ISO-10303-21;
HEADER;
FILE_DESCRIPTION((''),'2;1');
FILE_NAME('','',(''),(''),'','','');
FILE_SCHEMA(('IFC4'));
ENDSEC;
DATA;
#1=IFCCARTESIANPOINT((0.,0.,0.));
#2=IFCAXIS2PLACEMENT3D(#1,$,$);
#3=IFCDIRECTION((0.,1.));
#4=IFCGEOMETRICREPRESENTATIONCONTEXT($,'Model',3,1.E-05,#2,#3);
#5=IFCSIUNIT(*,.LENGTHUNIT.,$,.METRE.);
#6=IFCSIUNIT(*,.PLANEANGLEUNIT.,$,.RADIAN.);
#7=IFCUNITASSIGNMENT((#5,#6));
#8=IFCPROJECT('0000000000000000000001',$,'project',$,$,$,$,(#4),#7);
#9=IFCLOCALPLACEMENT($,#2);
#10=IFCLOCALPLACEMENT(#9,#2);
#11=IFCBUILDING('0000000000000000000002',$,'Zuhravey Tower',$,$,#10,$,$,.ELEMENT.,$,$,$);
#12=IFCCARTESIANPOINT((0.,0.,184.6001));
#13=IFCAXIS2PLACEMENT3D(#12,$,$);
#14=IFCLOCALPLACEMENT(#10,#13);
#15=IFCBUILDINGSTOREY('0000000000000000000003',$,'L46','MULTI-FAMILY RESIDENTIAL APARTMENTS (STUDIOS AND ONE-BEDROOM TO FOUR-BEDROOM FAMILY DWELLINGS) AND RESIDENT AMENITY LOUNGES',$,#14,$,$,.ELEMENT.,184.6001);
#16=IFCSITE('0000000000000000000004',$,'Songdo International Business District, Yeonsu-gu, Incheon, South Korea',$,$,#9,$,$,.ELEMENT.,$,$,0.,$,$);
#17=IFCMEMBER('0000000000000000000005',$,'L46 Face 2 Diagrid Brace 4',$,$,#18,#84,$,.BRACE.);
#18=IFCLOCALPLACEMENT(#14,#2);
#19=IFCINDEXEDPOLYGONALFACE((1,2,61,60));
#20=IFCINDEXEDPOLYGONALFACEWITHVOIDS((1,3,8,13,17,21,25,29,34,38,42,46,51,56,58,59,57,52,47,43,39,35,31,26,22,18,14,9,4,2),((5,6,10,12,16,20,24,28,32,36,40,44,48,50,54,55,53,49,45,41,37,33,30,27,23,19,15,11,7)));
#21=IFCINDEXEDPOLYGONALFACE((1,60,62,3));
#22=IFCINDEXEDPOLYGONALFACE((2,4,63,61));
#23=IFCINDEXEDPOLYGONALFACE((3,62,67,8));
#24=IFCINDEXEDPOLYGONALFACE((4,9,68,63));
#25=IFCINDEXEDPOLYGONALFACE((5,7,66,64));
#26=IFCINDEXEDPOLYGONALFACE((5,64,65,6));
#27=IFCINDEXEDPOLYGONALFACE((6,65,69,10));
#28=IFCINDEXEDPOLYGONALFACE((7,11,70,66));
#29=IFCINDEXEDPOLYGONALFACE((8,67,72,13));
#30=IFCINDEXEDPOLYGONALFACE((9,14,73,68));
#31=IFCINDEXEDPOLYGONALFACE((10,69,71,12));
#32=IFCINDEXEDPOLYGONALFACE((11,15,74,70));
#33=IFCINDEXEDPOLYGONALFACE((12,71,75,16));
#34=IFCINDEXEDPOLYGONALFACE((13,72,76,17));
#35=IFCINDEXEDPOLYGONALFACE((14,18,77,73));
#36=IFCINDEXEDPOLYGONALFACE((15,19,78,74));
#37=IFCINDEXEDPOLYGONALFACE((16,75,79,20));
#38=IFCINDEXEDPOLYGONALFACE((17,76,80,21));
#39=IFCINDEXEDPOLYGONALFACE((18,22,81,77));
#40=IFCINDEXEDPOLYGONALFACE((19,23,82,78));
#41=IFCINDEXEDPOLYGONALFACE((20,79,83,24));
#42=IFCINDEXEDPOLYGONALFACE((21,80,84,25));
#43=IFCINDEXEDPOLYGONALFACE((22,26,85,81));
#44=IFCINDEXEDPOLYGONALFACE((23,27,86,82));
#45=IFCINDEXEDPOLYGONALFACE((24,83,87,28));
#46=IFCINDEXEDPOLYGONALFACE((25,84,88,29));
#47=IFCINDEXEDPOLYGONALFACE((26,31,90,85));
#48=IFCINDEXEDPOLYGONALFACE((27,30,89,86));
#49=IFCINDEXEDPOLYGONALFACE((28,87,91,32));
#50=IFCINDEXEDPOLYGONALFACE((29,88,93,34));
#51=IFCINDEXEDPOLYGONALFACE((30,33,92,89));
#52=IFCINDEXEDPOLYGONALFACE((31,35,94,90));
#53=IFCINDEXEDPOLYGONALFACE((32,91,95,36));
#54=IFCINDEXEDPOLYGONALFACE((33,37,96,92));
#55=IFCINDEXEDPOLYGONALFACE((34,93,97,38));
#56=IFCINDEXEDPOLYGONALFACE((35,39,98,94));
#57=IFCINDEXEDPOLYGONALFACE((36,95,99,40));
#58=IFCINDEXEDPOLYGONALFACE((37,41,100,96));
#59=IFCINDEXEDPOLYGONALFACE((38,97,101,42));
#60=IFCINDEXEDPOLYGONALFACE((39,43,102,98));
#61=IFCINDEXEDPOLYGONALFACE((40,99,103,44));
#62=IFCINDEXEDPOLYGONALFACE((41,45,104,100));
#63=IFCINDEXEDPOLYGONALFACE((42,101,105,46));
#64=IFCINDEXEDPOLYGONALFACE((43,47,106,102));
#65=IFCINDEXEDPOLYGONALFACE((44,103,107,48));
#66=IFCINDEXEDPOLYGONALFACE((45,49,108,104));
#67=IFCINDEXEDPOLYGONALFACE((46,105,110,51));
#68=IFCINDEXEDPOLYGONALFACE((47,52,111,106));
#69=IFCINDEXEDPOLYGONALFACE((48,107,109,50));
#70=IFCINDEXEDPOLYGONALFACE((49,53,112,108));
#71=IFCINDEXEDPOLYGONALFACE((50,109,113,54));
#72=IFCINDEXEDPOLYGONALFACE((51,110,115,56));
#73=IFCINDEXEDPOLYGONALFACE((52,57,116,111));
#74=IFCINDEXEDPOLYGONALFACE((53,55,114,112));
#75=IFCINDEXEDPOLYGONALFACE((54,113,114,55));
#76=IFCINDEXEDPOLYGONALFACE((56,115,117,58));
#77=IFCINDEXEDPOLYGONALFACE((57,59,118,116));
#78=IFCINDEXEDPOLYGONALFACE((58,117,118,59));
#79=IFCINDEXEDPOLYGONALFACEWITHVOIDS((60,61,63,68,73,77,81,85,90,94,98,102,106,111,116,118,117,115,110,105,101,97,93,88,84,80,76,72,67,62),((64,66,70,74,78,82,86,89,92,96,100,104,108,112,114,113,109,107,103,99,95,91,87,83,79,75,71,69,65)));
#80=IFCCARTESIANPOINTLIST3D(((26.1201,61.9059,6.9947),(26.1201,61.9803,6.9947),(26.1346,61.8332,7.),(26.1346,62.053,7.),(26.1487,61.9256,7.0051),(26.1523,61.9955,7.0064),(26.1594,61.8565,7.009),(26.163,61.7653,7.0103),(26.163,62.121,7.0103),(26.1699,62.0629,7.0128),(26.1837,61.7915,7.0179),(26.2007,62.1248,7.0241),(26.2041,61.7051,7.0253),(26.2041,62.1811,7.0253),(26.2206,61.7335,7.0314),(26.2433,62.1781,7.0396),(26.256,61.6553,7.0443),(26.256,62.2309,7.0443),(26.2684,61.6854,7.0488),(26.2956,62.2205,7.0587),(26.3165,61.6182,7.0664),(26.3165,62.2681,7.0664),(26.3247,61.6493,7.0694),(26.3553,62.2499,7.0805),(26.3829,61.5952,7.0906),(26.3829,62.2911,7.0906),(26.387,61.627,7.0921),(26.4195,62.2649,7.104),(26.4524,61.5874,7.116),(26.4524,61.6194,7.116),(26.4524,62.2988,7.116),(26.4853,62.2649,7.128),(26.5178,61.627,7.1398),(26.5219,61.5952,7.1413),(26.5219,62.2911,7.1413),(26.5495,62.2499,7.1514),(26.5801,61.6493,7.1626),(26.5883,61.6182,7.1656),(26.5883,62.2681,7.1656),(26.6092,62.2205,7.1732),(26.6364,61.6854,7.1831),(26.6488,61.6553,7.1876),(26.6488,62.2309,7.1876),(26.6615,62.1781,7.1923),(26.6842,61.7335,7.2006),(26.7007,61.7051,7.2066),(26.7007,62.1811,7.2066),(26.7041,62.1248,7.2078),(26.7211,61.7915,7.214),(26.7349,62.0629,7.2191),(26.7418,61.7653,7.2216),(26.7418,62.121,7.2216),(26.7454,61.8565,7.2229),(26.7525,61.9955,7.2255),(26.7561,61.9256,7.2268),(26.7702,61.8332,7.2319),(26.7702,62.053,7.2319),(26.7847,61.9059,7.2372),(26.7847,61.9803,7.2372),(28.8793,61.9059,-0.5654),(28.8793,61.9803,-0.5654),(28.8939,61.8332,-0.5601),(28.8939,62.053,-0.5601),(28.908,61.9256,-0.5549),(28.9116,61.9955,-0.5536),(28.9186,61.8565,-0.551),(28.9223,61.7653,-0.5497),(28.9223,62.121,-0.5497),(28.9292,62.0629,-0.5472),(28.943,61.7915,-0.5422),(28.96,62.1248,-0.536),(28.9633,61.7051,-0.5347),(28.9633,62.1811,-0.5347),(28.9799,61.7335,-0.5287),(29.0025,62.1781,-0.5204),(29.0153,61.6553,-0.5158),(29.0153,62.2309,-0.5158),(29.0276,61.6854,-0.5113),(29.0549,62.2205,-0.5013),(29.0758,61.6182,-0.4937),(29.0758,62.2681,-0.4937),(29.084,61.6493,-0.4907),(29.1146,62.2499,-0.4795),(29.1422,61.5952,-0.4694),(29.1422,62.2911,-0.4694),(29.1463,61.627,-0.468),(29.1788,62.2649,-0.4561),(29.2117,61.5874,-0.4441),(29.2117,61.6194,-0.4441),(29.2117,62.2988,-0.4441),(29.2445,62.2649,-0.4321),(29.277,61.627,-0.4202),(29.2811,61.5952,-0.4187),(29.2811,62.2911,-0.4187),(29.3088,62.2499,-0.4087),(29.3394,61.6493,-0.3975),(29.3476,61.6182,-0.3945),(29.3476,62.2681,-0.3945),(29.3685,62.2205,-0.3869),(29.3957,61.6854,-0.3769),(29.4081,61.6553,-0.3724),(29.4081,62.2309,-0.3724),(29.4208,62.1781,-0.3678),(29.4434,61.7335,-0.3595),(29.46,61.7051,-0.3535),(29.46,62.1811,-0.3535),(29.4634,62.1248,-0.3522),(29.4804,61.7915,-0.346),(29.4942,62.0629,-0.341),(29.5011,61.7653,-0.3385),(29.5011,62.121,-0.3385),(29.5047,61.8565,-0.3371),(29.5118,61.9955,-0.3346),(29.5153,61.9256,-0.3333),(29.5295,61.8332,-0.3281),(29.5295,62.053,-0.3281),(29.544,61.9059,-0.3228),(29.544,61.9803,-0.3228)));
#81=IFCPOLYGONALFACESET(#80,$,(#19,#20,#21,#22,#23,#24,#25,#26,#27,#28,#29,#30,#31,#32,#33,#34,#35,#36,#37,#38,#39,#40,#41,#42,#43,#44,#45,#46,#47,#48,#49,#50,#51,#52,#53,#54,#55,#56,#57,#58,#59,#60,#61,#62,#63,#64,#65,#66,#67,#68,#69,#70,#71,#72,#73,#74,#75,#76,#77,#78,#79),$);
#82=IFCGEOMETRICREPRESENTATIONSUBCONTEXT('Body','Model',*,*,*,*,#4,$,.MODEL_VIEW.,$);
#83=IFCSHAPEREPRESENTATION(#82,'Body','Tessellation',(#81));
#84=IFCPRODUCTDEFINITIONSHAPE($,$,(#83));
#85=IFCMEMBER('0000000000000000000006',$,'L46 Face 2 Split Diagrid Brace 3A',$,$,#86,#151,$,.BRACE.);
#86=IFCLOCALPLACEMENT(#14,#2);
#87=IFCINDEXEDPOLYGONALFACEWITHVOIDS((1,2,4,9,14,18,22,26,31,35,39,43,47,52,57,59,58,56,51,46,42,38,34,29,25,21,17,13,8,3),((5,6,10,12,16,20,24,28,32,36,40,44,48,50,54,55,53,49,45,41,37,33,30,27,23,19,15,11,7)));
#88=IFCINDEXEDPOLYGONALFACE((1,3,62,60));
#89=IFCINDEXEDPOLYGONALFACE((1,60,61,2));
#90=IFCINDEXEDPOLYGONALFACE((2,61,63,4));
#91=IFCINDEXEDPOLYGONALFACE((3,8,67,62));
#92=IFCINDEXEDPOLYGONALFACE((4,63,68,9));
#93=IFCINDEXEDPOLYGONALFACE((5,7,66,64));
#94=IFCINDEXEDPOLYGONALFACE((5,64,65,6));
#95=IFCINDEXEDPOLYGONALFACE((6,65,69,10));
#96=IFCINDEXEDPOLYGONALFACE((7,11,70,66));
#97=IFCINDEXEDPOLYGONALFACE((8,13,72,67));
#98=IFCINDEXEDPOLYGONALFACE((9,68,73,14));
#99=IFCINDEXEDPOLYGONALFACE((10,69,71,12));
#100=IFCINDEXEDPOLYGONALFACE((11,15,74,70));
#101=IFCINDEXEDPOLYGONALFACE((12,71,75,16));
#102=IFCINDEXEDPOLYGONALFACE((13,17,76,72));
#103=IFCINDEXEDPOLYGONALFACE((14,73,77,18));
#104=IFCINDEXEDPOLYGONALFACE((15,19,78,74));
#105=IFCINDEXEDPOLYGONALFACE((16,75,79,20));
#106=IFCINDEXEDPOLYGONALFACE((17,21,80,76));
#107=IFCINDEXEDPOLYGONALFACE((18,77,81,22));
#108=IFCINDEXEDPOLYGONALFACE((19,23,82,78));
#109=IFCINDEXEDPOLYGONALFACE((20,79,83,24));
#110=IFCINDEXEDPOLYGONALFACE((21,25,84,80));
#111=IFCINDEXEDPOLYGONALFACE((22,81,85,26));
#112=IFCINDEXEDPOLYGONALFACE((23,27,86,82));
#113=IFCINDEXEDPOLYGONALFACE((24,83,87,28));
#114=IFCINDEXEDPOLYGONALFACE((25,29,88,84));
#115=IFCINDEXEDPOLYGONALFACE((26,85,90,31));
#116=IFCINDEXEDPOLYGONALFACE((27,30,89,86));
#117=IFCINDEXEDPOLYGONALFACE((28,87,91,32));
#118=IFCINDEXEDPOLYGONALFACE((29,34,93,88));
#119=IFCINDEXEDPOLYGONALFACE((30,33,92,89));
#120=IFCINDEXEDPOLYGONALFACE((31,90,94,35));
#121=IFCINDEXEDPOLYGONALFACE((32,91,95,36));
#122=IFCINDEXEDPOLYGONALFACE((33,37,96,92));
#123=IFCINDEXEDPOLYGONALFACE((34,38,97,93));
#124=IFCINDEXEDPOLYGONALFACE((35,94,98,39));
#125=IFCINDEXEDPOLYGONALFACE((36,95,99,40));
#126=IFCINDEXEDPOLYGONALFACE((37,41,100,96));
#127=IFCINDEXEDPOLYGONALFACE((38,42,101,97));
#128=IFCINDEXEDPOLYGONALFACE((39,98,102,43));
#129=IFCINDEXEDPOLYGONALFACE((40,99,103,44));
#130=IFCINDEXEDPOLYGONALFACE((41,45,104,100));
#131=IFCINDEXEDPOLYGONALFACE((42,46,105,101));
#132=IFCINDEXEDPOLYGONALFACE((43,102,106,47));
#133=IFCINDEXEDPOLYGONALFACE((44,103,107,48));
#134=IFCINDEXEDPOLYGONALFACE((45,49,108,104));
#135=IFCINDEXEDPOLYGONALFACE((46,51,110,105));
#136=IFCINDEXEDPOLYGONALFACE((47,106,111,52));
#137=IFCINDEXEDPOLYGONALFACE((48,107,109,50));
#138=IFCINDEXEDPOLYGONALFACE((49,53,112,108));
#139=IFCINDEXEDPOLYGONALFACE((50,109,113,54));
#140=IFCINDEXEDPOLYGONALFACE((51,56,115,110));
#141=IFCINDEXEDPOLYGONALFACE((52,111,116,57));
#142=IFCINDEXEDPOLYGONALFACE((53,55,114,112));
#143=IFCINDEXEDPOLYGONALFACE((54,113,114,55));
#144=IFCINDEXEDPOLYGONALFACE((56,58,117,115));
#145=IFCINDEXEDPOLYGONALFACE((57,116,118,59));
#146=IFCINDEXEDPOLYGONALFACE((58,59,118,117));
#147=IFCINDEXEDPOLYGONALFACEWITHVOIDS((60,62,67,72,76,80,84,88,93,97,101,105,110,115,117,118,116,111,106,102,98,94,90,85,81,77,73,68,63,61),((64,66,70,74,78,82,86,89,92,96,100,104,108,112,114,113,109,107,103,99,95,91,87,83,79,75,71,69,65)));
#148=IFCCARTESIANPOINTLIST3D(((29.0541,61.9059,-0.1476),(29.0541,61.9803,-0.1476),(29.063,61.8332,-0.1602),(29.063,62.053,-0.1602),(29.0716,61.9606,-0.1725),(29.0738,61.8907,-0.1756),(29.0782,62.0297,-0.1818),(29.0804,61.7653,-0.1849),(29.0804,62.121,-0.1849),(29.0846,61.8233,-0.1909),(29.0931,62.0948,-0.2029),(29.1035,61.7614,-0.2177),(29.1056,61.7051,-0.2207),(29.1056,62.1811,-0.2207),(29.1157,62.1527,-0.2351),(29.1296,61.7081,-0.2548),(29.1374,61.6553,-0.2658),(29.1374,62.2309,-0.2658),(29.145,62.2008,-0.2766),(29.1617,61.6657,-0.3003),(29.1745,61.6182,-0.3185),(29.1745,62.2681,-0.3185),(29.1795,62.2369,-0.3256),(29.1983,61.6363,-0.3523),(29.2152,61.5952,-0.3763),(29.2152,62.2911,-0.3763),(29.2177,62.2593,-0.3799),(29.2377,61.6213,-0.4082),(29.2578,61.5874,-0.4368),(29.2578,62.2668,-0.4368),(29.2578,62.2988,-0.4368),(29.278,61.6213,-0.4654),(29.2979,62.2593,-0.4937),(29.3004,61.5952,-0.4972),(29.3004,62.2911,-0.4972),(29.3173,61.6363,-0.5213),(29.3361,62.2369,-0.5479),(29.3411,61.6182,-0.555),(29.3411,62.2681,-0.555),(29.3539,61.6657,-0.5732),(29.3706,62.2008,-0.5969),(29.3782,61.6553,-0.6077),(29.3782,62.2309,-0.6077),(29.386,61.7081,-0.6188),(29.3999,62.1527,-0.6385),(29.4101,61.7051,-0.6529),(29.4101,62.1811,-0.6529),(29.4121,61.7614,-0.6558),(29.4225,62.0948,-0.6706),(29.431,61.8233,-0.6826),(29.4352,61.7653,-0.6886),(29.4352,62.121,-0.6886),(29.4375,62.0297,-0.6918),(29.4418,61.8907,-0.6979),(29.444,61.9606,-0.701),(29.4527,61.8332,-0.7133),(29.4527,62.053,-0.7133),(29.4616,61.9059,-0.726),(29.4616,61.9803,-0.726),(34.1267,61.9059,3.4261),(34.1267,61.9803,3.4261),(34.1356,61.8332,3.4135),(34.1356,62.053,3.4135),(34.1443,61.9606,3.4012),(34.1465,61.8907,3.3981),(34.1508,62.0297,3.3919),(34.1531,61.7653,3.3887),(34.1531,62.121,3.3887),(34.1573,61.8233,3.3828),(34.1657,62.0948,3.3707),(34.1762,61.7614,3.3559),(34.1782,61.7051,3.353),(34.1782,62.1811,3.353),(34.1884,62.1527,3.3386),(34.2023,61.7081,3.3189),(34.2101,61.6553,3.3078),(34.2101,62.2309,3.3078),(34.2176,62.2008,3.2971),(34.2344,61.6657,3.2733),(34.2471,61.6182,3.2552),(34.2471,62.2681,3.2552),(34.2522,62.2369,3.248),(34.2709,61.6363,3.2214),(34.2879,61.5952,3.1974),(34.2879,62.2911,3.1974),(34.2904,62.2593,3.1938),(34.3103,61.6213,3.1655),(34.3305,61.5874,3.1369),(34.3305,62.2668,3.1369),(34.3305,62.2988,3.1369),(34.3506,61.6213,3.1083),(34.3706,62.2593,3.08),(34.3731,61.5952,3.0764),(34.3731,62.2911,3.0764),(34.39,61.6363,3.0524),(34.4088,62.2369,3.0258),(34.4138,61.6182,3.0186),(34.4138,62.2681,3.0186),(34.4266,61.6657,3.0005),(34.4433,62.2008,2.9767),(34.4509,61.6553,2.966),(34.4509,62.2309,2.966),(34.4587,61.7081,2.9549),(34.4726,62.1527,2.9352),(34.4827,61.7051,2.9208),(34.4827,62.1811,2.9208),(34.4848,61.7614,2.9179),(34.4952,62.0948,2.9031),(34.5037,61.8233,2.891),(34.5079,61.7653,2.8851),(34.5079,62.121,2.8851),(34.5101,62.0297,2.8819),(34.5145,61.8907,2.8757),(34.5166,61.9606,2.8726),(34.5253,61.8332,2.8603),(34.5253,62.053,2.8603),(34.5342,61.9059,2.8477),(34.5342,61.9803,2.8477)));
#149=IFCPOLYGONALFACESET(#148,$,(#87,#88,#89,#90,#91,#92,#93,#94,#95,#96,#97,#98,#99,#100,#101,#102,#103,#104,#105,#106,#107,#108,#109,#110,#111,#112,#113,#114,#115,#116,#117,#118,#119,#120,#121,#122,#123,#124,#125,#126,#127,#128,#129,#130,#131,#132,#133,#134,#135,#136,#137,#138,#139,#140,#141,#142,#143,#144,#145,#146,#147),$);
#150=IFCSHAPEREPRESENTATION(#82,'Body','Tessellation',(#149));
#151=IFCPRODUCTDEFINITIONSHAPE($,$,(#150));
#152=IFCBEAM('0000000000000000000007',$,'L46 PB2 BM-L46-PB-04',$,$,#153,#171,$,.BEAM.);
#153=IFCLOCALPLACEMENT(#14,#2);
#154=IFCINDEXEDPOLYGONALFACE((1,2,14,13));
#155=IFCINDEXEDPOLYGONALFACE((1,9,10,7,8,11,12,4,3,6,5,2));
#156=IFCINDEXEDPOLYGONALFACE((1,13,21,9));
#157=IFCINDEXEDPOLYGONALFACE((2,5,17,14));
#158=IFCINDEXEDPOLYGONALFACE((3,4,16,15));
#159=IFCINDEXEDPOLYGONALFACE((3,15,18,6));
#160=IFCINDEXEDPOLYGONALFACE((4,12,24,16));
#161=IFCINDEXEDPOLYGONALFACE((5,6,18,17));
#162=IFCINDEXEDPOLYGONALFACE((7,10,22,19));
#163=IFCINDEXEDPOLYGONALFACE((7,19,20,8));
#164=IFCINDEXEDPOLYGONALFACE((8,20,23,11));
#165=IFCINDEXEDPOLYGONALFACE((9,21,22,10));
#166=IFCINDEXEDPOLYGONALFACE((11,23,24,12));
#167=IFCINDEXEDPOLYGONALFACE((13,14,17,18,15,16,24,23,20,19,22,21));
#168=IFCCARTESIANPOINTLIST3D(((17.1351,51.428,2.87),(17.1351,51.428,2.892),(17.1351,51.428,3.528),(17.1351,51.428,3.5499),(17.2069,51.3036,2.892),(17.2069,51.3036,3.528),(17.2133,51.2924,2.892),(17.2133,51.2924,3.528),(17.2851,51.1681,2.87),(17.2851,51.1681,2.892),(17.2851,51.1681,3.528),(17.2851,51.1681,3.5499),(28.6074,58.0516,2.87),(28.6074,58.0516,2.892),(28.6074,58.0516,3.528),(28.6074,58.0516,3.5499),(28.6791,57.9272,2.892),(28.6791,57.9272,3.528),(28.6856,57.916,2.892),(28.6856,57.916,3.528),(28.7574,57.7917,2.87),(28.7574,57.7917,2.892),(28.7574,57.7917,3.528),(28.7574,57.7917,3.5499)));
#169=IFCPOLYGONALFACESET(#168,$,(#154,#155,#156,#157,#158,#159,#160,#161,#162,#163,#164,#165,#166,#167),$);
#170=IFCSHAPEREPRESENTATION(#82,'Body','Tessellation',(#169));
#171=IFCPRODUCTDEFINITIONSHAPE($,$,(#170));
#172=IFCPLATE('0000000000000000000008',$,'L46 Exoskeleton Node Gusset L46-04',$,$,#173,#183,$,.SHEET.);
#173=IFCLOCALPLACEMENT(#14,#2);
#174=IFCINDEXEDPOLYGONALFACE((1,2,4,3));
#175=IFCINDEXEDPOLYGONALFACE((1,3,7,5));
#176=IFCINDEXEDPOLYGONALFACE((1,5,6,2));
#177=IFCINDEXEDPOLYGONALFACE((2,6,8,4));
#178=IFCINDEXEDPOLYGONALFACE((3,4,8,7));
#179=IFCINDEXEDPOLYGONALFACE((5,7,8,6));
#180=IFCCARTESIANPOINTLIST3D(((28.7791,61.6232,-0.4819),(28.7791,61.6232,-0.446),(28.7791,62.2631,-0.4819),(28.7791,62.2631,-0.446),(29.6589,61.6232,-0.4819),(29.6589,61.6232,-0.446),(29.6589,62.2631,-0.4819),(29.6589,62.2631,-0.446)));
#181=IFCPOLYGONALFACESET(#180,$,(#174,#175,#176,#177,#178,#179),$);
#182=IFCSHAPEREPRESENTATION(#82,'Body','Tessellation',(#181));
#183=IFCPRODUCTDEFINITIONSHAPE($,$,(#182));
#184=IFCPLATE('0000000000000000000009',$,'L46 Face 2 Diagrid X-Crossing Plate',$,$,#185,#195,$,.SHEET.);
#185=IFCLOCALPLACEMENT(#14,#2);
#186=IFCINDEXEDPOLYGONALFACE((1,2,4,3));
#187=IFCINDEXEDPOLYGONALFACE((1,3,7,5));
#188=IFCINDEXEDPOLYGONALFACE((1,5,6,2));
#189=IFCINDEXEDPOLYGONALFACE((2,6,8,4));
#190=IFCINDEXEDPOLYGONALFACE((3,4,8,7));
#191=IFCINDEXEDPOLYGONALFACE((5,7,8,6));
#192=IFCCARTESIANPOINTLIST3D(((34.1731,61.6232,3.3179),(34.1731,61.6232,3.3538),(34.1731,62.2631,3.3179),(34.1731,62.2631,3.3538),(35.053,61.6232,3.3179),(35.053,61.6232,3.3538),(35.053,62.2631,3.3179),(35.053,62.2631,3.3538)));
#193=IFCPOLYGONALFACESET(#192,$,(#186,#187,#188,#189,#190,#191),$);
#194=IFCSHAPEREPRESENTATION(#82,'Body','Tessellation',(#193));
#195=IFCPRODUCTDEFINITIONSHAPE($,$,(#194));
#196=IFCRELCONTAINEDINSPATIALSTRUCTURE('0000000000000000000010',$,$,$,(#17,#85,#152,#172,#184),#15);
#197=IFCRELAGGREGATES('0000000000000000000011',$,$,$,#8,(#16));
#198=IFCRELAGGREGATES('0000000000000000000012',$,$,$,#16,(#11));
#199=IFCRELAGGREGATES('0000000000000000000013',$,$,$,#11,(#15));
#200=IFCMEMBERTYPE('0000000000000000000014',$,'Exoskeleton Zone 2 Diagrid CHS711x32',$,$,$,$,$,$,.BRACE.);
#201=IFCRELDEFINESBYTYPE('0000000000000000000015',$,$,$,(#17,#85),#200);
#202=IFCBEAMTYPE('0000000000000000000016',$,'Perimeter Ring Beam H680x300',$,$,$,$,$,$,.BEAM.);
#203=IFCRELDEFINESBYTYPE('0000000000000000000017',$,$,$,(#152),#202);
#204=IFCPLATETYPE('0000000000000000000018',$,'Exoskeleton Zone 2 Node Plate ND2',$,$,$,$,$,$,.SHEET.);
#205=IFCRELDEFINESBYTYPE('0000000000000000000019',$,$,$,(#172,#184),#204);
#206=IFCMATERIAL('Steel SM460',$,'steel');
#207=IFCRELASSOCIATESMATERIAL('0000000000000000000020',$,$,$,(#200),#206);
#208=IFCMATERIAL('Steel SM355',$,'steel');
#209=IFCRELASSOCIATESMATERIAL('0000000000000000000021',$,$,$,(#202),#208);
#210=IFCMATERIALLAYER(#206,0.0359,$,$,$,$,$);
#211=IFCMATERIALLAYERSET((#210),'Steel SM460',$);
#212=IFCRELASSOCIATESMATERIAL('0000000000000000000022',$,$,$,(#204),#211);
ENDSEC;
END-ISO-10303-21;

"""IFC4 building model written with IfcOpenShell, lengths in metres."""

from ifc_helpers import new_model, si_unit, direction, frame, origin, origin_2d, place, context, subcontext, project, spatial, rectangle, hollow_circle, i_section, extrude, material, layer, layer_set, material_profile, profile_set, type_object, element, save


model = new_model("IFC4")

# Units and contexts
model_context = context("Model", 3, precision=1e-05, world=origin(), true_north=direction((0.0, 1.0)))
body_context = subcontext(model_context, "Body", "Model", "MODEL_VIEW")
ifc_project = project(units=[si_unit("LENGTHUNIT", "METRE"), si_unit("PLANEANGLEUNIT", "RADIAN")], contexts=[model_context])

# Site, building, storey
site_placement = place(None, origin())
site = spatial("IfcSite", under=ifc_project, at=site_placement, Name="Songdo International Business District, Yeonsu-gu, Incheon, South Korea", CompositionType="ELEMENT", RefElevation=0.0)
building_placement = place(site_placement, origin())
building = spatial("IfcBuilding", under=site, at=building_placement, Name="Zuhravey Tower", CompositionType="ELEMENT")
storey_placement = place(building_placement, frame((0.0, 0.0, 184.6001)))
storey = spatial("IfcBuildingStorey", under=building, at=storey_placement, Name="L46", Description="MULTI-FAMILY RESIDENTIAL APARTMENTS (STUDIOS AND ONE-BEDROOM TO FOUR-BEDROOM FAMILY DWELLINGS) AND RESIDENT AMENITY LOUNGES", CompositionType="ELEMENT", Elevation=184.6001)

# Members
ifc_material_1 = material(Name="Steel SM460", Category="steel")
ifc_material_profile_1 = material_profile(ifc_material_1, hollow_circle(Radius=0.3557, WallThickness=0.032, at=origin_2d()), Name="CHS-711.2x32")
ifc_profile_set_1 = profile_set([ifc_material_profile_1], Name="Steel SM460")
member_type_1 = type_object("IfcMemberType", Name="Exoskeleton Zone 2 Diagrid CHS711x32", PredefinedType="BRACE", material=ifc_profile_set_1)
member_1_placement = place(storey_placement, frame((29.2117, 61.9431, -0.4441), z_axis=(-0.342858, 0.0, 0.939387), x_axis=(0.0, -1.0, 0.0)))
element("IfcMember", 1, at=member_1_placement, inside=storey, type_object=member_type_1, Name="L46 Face 2 Diagrid Brace 4", PredefinedType="BRACE", context=body_context, shape_type="SweptSolid", body=[
    extrude(hollow_circle(Radius=0.3557, WallThickness=0.032, at=origin_2d()), origin(), (0.0, 0.0, 1.0), 8.0479),
])
member_2_placement = place(storey_placement, frame((29.2578, 61.9431, -0.4368), z_axis=(0.817502, 0.0, 0.575926), x_axis=(0.0, 1.0, 0.0)))
element("IfcMember", 2, at=member_2_placement, inside=storey, type_object=member_type_1, Name="L46 Face 2 Split Diagrid Brace 3A", PredefinedType="BRACE", context=body_context, shape_type="SweptSolid", body=[
    extrude(hollow_circle(Radius=0.3557, WallThickness=0.032, at=origin_2d()), origin(), (0.0, 0.0, 1.0), 6.2051),
])

# Beam
ifc_material_2 = material(Name="Steel SM355", Category="steel")
ifc_material_profile_2 = material_profile(ifc_material_2, i_section(OverallWidth=0.3, OverallDepth=0.6799, WebThickness=0.0129, FlangeThickness=0.022, at=origin_2d()), Name="H-680x300x13x22")
ifc_profile_set_2 = profile_set([ifc_material_profile_2], Name="Steel SM355")
beam_type = type_object("IfcBeamType", Name="Perimeter Ring Beam H680x300", PredefinedType="BEAM", material=ifc_profile_set_2)
beam_placement = place(storey_placement, frame((28.6824, 57.9216, 3.21), z_axis=(-0.866023, -0.500004, 0.0), x_axis=(0.500004, -0.866023, 0.0)))
element("IfcBeam", 3, at=beam_placement, inside=storey, type_object=beam_type, Name="L46 PB2 BM-L46-PB-04", PredefinedType="BEAM", context=body_context, shape_type="SweptSolid", body=[
    extrude(i_section(OverallWidth=0.3, OverallDepth=0.6799, WebThickness=0.0129, FlangeThickness=0.022, at=origin_2d()), origin(), (0.0, 0.0, 1.0), 13.2471),
])

# Plates
ifc_layer_1 = layer(ifc_material_1, 0.0359)
ifc_layer_set_1 = layer_set([ifc_layer_1], Name="Steel SM460")
plate_type_1 = type_object("IfcPlateType", Name="Exoskeleton Zone 2 Node Plate ND2", PredefinedType="SHEET", material=ifc_layer_set_1)
for number, where, z_axis, x_axis, name in (
    (4, (29.219, 61.9431, -0.4819), (0.0, 0.0, 1.0), (-1.0, 0.0, 0.0), "L46 Exoskeleton Node Gusset L46-04"),
    (5, (34.613, 61.9431, 3.3179), (0.0, 0.0, 1.0), (-1.0, 0.0, 0.0), "L46 Face 2 Diagrid X-Crossing Plate"),
):
    element("IfcPlate", number, at=place(storey_placement, frame(where, z_axis=z_axis, x_axis=x_axis)), inside=storey, type_object=plate_type_1, Name=name, PredefinedType="SHEET", context=body_context, shape_type="SweptSolid", body=[
        extrude(rectangle(XDim=0.8799, YDim=0.6399, at=origin_2d()), origin(), (0.0, 0.0, 1.0), 0.0359),
    ])

save(model, "model.ifc")
